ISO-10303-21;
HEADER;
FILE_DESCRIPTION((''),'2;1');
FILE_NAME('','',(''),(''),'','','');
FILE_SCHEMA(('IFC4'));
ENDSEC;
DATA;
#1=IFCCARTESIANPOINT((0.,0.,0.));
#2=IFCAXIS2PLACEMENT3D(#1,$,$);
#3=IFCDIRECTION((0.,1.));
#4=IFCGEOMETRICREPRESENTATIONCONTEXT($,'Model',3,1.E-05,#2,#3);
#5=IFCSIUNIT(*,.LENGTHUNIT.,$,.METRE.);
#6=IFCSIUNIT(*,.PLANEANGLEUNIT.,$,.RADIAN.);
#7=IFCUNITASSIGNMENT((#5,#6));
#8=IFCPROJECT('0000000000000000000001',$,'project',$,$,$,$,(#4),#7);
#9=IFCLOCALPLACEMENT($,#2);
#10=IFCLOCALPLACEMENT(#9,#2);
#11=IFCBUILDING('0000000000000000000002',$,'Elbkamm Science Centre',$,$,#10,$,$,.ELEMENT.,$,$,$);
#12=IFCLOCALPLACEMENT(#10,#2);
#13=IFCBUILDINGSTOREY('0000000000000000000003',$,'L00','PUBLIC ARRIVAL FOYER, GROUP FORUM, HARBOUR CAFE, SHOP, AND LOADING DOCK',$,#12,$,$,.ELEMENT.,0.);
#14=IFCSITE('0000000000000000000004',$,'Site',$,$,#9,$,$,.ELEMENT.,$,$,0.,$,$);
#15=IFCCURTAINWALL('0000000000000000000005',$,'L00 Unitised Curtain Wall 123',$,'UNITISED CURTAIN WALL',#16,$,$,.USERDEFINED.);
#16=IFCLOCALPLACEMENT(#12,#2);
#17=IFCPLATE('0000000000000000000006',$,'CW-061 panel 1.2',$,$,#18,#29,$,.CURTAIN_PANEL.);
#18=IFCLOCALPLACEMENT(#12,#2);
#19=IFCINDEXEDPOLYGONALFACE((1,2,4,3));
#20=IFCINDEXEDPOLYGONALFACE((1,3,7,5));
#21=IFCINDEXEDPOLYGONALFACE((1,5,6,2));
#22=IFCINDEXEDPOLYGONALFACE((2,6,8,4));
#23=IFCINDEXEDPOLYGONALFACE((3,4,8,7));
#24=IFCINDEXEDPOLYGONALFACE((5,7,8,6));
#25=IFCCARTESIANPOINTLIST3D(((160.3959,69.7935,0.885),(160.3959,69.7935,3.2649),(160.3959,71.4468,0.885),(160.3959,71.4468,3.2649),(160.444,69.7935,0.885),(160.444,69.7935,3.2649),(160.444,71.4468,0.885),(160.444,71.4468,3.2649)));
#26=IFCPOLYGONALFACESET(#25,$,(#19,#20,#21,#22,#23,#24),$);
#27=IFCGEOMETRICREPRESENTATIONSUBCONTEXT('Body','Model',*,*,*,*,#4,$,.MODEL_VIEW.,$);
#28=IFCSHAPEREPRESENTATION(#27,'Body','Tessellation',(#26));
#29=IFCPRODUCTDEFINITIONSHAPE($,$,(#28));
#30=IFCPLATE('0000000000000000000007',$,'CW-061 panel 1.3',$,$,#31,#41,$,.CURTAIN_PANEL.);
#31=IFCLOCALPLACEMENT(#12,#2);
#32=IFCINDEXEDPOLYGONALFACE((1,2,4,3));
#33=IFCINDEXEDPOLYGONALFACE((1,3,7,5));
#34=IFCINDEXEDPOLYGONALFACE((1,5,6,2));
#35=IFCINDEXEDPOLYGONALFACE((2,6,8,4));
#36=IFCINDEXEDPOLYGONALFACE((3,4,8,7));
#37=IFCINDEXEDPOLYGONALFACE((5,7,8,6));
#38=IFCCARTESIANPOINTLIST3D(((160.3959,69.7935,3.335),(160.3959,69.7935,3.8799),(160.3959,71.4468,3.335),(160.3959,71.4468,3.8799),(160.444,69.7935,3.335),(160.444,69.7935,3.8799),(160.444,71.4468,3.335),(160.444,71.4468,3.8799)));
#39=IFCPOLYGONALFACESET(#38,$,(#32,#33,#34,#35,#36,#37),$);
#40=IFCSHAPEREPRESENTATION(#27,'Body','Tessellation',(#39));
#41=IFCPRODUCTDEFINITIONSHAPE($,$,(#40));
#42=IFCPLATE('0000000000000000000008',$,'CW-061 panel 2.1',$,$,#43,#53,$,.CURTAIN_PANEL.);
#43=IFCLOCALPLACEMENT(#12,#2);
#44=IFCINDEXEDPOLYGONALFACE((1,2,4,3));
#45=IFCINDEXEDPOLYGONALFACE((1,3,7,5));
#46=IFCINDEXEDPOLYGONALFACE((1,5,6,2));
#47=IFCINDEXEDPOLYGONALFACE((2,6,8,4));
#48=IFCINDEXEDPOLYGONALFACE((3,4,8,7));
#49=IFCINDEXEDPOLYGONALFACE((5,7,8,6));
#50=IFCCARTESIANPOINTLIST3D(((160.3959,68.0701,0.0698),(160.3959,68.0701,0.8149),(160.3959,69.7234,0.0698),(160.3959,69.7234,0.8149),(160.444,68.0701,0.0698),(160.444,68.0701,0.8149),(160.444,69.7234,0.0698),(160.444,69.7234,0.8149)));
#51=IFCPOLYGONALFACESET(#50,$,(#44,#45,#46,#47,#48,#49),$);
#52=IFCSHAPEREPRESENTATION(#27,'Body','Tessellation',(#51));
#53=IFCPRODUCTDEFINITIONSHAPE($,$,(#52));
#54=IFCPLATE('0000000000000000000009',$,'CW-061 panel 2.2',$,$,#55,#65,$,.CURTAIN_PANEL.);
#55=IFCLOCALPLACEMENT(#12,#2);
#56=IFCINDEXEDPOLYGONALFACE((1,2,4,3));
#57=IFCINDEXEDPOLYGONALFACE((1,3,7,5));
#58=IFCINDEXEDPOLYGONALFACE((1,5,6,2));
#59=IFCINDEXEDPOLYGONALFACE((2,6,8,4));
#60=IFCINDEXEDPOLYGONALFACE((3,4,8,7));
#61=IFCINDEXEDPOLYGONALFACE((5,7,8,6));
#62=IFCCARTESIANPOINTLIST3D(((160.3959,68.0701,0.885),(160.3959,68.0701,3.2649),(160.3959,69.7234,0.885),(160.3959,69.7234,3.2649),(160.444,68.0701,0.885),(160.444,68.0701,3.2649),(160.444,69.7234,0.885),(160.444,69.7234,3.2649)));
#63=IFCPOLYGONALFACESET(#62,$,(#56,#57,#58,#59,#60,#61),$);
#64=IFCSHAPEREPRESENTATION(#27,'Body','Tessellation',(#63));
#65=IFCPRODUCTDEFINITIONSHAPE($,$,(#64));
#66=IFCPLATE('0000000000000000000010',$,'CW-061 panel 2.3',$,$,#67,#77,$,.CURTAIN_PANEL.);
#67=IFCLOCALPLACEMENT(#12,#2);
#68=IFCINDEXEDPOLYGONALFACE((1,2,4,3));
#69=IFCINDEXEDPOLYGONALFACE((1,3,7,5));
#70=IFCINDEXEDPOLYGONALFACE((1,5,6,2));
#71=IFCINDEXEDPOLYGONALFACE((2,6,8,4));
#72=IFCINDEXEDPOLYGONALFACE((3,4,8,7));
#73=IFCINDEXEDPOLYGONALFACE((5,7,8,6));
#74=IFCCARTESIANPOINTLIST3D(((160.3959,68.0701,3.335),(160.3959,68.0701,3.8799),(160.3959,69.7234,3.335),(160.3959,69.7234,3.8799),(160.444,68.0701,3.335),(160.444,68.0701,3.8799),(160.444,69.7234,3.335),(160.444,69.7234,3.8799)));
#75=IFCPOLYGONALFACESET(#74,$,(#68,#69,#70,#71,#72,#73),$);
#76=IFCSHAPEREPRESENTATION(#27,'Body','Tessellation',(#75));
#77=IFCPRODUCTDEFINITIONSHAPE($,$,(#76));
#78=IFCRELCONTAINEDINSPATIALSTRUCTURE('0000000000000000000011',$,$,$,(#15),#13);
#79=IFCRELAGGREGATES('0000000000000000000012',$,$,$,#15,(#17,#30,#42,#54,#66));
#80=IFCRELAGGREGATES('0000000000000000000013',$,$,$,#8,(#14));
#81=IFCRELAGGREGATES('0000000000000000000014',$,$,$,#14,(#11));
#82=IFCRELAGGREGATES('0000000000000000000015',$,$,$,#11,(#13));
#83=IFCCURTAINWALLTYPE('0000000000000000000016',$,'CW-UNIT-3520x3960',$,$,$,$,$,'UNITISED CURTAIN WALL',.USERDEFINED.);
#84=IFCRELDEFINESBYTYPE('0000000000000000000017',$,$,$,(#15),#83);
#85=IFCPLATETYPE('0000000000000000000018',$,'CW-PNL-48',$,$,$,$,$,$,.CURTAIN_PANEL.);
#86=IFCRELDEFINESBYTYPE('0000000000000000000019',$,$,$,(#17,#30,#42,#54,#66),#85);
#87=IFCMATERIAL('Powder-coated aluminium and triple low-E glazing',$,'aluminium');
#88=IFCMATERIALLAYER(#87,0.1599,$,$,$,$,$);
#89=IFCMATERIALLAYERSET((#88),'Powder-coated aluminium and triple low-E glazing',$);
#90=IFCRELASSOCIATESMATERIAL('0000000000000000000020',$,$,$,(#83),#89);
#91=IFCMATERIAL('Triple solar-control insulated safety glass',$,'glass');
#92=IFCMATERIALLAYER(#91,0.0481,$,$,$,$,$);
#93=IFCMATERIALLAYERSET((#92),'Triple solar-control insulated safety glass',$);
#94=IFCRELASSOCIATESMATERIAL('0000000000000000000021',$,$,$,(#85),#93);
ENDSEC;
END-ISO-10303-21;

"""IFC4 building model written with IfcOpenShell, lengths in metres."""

from ifc_helpers import new_model, si_unit, direction, frame, origin, origin_2d, place, context, subcontext, project, spatial, rectangle, extrude, material, layer, layer_set, type_object, element, aggregate, save


model = new_model("IFC4")

# Units and contexts
model_context = context("Model", 3, precision=1e-05, world=origin(), true_north=direction((0.0, 1.0)))
body_context = subcontext(model_context, "Body", "Model", "MODEL_VIEW")
ifc_project = project(units=[si_unit("LENGTHUNIT", "METRE"), si_unit("PLANEANGLEUNIT", "RADIAN")], contexts=[model_context])

# Site, building, storey
site_placement = place(None, origin())
site = spatial("IfcSite", under=ifc_project, at=site_placement, Name="Site", CompositionType="ELEMENT", RefElevation=0.0)
building_placement = place(site_placement, origin())
building = spatial("IfcBuilding", under=site, at=building_placement, Name="Elbkamm Science Centre", CompositionType="ELEMENT")
storey_placement = place(building_placement, origin())
storey = spatial("IfcBuildingStorey", under=building, at=storey_placement, Name="L00", Description="PUBLIC ARRIVAL FOYER, GROUP FORUM, HARBOUR CAFE, SHOP, AND LOADING DOCK", CompositionType="ELEMENT", Elevation=0.0)

# Curtain wall
ifc_material_1 = material(Name="Powder-coated aluminium and triple low-E glazing", Category="aluminium")
ifc_layer_1 = layer(ifc_material_1, 0.1599)
ifc_layer_set_1 = layer_set([ifc_layer_1], Name="Powder-coated aluminium and triple low-E glazing")
curtain_wall_type = type_object("IfcCurtainWallType", Name="CW-UNIT-3520x3960", ElementType="UNITISED CURTAIN WALL", PredefinedType="USERDEFINED", material=ifc_layer_set_1)
curtain_wall_1_placement = place(storey_placement, origin())
curtain_wall_1 = element("IfcCurtainWall", 1, at=curtain_wall_1_placement, inside=storey, type_object=curtain_wall_type, Name="L00 Unitised Curtain Wall 123", ObjectType="UNITISED CURTAIN WALL", PredefinedType="USERDEFINED")

# Plates
ifc_material_2 = material(Name="Triple solar-control insulated safety glass", Category="glass")
ifc_layer_2 = layer(ifc_material_2, 0.0481)
ifc_layer_set_2 = layer_set([ifc_layer_2], Name="Triple solar-control insulated safety glass")
plate_type = type_object("IfcPlateType", Name="CW-PNL-48", PredefinedType="CURTAIN_PANEL", material=ifc_layer_set_2)
plate_1_placement = place(storey_placement, frame((160.4199, 70.6201, 0.885), z_axis=(0.0, 0.0, 1.0), x_axis=(0.0, -1.0, 0.0)))
plate_1 = element("IfcPlate", 2, at=plate_1_placement, type_object=plate_type, Name="CW-061 panel 1.2", PredefinedType="CURTAIN_PANEL", context=body_context, shape_type="SweptSolid", body=[
    extrude(rectangle(XDim=1.6533, YDim=0.0481, at=origin_2d()), origin(), (0.0, 0.0, 1.0), 2.3799),
])
plate_2_placement = place(storey_placement, frame((160.4199, 70.6201, 3.335), z_axis=(0.0, 0.0, 1.0), x_axis=(0.0, -1.0, 0.0)))
plate_2 = element("IfcPlate", 3, at=plate_2_placement, type_object=plate_type, Name="CW-061 panel 1.3", PredefinedType="CURTAIN_PANEL", context=body_context, shape_type="SweptSolid", body=[
    extrude(rectangle(XDim=1.6533, YDim=0.0481, at=origin_2d()), origin(), (0.0, 0.0, 1.0), 0.5449),
])
plate_3_placement = place(storey_placement, frame((160.4199, 68.8967, 0.0698), z_axis=(0.0, 0.0, 1.0), x_axis=(0.0, -1.0, 0.0)))
plate_3 = element("IfcPlate", 4, at=plate_3_placement, type_object=plate_type, Name="CW-061 panel 2.1", PredefinedType="CURTAIN_PANEL", context=body_context, shape_type="SweptSolid", body=[
    extrude(rectangle(XDim=1.6533, YDim=0.0481, at=origin_2d()), origin(), (0.0, 0.0, 1.0), 0.7451),
])
plate_4_placement = place(storey_placement, frame((160.4199, 68.8967, 0.885), z_axis=(0.0, 0.0, 1.0), x_axis=(0.0, -1.0, 0.0)))
plate_4 = element("IfcPlate", 5, at=plate_4_placement, type_object=plate_type, Name="CW-061 panel 2.2", PredefinedType="CURTAIN_PANEL", context=body_context, shape_type="SweptSolid", body=[
    extrude(rectangle(XDim=1.6533, YDim=0.0481, at=origin_2d()), origin(), (0.0, 0.0, 1.0), 2.3799),
])
plate_5_placement = place(storey_placement, frame((160.4199, 68.8967, 3.335), z_axis=(0.0, 0.0, 1.0), x_axis=(0.0, -1.0, 0.0)))
plate_5 = element("IfcPlate", 6, at=plate_5_placement, type_object=plate_type, Name="CW-061 panel 2.3", PredefinedType="CURTAIN_PANEL", context=body_context, shape_type="SweptSolid", body=[
    extrude(rectangle(XDim=1.6533, YDim=0.0481, at=origin_2d()), origin(), (0.0, 0.0, 1.0), 0.5449),
])
aggregate(curtain_wall_1, [plate_1, plate_2, plate_3, plate_4, plate_5])

save(model, "model.ifc")
